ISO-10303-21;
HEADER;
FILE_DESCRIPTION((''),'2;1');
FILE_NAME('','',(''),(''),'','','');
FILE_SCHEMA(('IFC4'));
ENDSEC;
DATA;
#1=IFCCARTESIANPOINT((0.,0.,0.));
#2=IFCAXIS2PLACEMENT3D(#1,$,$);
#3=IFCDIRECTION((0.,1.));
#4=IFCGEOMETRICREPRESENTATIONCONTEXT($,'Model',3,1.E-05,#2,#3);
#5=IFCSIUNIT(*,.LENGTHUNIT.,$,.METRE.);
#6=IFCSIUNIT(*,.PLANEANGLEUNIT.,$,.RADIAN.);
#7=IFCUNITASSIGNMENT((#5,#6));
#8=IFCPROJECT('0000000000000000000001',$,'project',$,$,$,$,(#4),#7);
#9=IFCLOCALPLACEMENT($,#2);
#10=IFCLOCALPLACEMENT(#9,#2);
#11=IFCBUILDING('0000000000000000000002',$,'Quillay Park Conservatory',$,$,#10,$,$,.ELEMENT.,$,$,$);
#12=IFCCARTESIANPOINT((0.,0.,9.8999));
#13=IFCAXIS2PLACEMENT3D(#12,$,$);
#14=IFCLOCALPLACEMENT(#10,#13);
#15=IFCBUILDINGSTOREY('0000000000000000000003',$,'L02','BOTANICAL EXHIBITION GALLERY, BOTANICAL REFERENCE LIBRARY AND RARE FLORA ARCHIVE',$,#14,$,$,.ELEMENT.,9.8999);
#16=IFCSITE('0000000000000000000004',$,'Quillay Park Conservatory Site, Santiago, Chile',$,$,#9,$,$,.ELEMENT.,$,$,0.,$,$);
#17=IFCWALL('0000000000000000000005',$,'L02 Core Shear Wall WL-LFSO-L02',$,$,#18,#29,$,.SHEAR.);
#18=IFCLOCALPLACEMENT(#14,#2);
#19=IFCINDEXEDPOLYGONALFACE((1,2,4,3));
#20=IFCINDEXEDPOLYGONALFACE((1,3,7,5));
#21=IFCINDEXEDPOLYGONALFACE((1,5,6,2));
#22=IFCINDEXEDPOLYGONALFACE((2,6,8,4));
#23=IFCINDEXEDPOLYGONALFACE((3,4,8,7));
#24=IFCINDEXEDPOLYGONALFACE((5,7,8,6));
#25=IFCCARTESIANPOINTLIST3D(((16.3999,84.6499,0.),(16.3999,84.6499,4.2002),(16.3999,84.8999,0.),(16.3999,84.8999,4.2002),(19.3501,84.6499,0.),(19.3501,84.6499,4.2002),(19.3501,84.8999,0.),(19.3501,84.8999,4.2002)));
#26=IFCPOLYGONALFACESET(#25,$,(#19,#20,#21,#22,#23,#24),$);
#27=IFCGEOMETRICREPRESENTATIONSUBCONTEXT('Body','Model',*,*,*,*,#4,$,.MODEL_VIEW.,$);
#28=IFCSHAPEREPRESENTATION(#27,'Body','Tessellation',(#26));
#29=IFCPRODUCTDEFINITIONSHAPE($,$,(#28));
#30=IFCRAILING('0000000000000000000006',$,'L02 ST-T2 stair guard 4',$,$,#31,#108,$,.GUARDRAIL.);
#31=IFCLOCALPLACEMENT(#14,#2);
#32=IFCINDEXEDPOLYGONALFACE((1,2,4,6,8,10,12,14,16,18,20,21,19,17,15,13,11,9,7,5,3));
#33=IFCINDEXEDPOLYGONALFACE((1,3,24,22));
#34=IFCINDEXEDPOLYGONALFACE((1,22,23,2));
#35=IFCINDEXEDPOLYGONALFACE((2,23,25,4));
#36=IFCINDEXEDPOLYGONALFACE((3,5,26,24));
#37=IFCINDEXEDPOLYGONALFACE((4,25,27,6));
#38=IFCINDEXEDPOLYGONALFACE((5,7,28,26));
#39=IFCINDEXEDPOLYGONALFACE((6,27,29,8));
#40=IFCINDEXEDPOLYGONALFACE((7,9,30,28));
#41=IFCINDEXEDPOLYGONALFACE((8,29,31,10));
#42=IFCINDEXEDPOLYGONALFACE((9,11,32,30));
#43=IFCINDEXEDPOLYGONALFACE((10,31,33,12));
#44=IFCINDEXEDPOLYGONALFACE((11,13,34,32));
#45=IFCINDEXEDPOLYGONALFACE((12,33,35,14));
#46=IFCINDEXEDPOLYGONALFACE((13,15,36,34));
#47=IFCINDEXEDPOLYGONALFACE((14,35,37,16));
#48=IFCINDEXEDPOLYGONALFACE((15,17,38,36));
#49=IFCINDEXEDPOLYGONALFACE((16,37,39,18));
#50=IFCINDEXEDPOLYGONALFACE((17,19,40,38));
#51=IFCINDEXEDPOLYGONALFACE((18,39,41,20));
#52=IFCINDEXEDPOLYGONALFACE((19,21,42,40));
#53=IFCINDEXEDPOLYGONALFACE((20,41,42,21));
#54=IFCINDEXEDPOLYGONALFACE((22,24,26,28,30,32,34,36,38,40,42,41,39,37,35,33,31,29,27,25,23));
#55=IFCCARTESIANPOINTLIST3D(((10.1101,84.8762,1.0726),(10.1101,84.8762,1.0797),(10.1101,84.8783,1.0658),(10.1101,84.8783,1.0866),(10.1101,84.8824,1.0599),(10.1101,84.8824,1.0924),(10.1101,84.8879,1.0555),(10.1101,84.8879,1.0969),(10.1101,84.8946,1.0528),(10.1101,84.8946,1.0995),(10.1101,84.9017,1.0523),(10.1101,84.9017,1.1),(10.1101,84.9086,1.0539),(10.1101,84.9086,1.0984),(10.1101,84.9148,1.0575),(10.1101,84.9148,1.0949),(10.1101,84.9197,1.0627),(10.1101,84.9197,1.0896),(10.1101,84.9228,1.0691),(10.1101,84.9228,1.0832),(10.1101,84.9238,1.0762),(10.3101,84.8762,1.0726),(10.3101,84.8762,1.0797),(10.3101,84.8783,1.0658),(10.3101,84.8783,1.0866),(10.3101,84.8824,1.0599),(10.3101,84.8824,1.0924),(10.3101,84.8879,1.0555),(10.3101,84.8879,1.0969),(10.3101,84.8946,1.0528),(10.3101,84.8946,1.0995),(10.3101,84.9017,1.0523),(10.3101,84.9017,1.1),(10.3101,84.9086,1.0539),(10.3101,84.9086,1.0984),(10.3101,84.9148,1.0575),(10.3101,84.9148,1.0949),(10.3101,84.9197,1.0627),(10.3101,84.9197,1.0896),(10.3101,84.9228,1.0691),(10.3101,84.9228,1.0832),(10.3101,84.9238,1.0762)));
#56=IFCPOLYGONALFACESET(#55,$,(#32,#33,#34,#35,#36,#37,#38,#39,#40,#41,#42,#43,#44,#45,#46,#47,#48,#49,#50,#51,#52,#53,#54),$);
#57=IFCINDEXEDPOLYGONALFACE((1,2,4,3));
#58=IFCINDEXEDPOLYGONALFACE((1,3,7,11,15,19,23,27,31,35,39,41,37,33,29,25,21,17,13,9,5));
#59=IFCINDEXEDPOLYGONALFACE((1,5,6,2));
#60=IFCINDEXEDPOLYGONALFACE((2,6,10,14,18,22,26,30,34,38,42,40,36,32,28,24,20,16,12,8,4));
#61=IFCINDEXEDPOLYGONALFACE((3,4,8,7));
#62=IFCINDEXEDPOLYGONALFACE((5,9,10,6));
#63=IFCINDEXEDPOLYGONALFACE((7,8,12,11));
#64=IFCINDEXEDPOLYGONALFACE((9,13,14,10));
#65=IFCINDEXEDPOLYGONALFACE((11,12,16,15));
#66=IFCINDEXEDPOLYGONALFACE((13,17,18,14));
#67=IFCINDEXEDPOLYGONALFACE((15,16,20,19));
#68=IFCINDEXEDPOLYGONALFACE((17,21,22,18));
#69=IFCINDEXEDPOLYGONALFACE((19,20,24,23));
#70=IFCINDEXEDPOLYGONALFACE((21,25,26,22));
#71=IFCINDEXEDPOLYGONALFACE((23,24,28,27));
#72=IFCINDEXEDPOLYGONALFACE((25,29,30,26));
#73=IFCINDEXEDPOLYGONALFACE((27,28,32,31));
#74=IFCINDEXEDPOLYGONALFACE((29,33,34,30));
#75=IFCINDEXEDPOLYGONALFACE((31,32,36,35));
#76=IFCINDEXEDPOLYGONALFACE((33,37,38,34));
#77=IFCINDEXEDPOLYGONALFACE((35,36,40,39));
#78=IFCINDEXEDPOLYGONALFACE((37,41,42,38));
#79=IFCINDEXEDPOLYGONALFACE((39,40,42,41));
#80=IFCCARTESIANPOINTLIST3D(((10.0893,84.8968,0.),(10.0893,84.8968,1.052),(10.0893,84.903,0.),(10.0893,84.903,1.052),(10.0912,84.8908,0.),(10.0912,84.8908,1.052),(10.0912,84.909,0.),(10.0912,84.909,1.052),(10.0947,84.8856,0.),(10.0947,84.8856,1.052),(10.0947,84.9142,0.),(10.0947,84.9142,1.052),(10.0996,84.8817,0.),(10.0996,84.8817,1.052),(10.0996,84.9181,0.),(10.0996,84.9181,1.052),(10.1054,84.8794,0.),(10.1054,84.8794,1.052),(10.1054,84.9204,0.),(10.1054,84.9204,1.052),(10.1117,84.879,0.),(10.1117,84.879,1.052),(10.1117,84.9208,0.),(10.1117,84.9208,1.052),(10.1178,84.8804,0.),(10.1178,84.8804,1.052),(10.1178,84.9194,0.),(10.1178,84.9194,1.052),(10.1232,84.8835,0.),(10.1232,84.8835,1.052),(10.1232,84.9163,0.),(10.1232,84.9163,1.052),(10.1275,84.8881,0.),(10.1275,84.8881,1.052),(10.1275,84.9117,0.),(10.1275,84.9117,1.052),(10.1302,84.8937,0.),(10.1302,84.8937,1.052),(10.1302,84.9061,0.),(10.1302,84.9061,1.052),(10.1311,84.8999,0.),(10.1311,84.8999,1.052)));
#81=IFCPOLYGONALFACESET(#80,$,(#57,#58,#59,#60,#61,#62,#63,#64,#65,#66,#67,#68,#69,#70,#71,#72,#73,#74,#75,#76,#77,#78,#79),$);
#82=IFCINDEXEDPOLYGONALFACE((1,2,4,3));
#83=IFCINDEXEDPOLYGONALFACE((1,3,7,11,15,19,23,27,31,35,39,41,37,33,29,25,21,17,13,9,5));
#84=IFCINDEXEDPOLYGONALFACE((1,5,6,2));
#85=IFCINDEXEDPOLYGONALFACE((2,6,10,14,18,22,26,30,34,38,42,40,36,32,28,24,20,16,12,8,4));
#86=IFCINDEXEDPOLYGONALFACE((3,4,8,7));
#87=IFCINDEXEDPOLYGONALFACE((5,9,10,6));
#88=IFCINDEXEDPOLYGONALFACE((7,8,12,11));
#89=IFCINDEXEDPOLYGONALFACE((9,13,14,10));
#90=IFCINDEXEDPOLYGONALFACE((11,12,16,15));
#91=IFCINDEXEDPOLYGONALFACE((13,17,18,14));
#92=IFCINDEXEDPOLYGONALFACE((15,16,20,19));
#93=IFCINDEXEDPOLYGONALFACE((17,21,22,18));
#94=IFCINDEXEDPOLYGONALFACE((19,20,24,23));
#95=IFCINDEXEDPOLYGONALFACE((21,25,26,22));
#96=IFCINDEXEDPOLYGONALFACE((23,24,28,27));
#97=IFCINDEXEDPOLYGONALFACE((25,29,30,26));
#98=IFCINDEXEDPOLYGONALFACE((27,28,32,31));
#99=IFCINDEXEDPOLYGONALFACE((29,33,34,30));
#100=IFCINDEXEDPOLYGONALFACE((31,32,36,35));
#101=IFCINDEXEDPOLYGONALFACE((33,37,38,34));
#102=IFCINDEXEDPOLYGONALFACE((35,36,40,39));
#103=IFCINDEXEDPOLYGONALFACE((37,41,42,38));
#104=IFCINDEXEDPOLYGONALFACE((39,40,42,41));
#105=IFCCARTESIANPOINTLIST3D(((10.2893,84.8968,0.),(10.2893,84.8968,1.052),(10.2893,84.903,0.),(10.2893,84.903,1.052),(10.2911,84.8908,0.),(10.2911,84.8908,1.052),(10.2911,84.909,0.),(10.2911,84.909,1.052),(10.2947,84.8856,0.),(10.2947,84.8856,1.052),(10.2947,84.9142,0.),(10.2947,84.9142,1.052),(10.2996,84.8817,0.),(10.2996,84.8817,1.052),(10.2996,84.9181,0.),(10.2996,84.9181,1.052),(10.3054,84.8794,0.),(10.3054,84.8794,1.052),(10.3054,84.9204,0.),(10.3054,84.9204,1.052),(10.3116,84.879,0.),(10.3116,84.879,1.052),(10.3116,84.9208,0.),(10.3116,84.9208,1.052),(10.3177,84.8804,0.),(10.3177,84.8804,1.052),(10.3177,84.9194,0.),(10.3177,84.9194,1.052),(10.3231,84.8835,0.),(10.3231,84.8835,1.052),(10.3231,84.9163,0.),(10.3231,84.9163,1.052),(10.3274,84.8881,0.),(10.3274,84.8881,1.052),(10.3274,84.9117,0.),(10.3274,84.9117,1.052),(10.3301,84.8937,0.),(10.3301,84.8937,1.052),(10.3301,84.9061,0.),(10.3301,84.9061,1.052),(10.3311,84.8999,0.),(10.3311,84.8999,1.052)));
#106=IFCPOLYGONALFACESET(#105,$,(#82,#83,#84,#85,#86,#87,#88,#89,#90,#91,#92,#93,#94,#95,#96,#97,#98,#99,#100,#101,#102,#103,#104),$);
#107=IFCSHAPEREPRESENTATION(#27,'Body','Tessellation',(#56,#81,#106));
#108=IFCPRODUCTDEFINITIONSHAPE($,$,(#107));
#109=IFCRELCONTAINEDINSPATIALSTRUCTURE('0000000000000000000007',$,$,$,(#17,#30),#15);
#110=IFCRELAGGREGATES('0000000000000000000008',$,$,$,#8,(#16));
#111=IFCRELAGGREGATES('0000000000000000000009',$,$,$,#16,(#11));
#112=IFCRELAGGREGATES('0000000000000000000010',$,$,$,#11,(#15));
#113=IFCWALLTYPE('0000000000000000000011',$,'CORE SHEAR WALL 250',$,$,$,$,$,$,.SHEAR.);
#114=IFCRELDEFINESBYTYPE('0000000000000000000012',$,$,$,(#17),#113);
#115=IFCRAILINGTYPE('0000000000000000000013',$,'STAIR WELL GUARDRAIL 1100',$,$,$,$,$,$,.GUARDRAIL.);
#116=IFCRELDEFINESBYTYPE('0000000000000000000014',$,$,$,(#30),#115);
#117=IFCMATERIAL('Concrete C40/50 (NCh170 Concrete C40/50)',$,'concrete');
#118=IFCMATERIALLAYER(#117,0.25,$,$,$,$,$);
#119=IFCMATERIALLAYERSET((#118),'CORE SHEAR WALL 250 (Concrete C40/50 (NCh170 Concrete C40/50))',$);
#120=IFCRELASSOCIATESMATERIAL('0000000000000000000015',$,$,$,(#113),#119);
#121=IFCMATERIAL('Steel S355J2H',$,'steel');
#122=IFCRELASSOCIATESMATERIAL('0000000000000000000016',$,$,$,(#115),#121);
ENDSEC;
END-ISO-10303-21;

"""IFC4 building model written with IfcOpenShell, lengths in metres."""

from ifc_helpers import new_model, si_unit, direction, frame, frame_2d, origin, origin_2d, place, context, subcontext, project, spatial, rectangle, circle, extrude, material, layer, layer_set, type_object, element, save


model = new_model("IFC4")

# Units and contexts
model_context = context("Model", 3, precision=1e-05, world=origin(), true_north=direction((0.0, 1.0)))
body_context = subcontext(model_context, "Body", "Model", "MODEL_VIEW")
ifc_project = project(units=[si_unit("LENGTHUNIT", "METRE"), si_unit("PLANEANGLEUNIT", "RADIAN")], contexts=[model_context])

# Site, building, storey
site_placement = place(None, origin())
site = spatial("IfcSite", under=ifc_project, at=site_placement, Name="Quillay Park Conservatory Site, Santiago, Chile", CompositionType="ELEMENT", RefElevation=0.0)
building_placement = place(site_placement, origin())
building = spatial("IfcBuilding", under=site, at=building_placement, Name="Quillay Park Conservatory", CompositionType="ELEMENT")
storey_placement = place(building_placement, frame((0.0, 0.0, 9.8999)))
storey = spatial("IfcBuildingStorey", under=building, at=storey_placement, Name="L02", Description="BOTANICAL EXHIBITION GALLERY, BOTANICAL REFERENCE LIBRARY AND RARE FLORA ARCHIVE", CompositionType="ELEMENT", Elevation=9.8999)

# Shared definitions
ifc_material_1 = material(Name="Concrete C40/50 (NCh170 Concrete C40/50)", Category="concrete")
ifc_layer_1 = layer(ifc_material_1, 0.25)
ifc_layer_set_1 = layer_set([ifc_layer_1], Name="CORE SHEAR WALL 250 (Concrete C40/50 (NCh170 Concrete C40/50))")
wall_type_1 = type_object("IfcWallType", Name="CORE SHEAR WALL 250", PredefinedType="SHEAR", material=ifc_layer_set_1)

# Wall
wall_1_placement = place(storey_placement, frame((16.3999, 84.7749, 0.0), z_axis=(0.0, 0.0, 1.0), x_axis=(1.0, 0.0, 0.0)))
element("IfcWall", 1, at=wall_1_placement, inside=storey, type_object=wall_type_1, Name="L02 Core Shear Wall WL-LFSO-L02", PredefinedType="SHEAR", context=body_context, shape_type="SweptSolid", body=[
    extrude(rectangle(XDim=2.9502, YDim=0.25, at=frame_2d((1.4751, 0.0))), origin(), (0.0, 0.0, 1.0), 4.2002),
])

# Railing
ifc_material_2 = material(Name="Steel S355J2H", Category="steel")
railing_type = type_object("IfcRailingType", Name="STAIR WELL GUARDRAIL 1100", PredefinedType="GUARDRAIL", material=ifc_material_2)
railing_placement = place(storey_placement, frame((10.1101, 84.8999, 0.0)))
element("IfcRailing", 2, at=railing_placement, inside=storey, type_object=railing_type, Name="L02 ST-T2 stair guard 4", PredefinedType="GUARDRAIL", context=body_context, shape_type="SweptSolid", body=[
    extrude(circle(Radius=0.0239, at=origin_2d()), frame((0.0, 0.0, 1.0762), z_axis=(1.0, 0.0, 0.0), x_axis=(0.0, 1.0, 0.0)), (0.0, 0.0, 1.0), 0.2),
    extrude(circle(Radius=0.021, at=origin_2d()), origin(), (0.0, 0.0, 1.0), 1.052),
    extrude(circle(Radius=0.021, at=origin_2d()), frame((0.2, 0.0, 0.0)), (0.0, 0.0, 1.0), 1.052),
])

save(model, "model.ifc")
